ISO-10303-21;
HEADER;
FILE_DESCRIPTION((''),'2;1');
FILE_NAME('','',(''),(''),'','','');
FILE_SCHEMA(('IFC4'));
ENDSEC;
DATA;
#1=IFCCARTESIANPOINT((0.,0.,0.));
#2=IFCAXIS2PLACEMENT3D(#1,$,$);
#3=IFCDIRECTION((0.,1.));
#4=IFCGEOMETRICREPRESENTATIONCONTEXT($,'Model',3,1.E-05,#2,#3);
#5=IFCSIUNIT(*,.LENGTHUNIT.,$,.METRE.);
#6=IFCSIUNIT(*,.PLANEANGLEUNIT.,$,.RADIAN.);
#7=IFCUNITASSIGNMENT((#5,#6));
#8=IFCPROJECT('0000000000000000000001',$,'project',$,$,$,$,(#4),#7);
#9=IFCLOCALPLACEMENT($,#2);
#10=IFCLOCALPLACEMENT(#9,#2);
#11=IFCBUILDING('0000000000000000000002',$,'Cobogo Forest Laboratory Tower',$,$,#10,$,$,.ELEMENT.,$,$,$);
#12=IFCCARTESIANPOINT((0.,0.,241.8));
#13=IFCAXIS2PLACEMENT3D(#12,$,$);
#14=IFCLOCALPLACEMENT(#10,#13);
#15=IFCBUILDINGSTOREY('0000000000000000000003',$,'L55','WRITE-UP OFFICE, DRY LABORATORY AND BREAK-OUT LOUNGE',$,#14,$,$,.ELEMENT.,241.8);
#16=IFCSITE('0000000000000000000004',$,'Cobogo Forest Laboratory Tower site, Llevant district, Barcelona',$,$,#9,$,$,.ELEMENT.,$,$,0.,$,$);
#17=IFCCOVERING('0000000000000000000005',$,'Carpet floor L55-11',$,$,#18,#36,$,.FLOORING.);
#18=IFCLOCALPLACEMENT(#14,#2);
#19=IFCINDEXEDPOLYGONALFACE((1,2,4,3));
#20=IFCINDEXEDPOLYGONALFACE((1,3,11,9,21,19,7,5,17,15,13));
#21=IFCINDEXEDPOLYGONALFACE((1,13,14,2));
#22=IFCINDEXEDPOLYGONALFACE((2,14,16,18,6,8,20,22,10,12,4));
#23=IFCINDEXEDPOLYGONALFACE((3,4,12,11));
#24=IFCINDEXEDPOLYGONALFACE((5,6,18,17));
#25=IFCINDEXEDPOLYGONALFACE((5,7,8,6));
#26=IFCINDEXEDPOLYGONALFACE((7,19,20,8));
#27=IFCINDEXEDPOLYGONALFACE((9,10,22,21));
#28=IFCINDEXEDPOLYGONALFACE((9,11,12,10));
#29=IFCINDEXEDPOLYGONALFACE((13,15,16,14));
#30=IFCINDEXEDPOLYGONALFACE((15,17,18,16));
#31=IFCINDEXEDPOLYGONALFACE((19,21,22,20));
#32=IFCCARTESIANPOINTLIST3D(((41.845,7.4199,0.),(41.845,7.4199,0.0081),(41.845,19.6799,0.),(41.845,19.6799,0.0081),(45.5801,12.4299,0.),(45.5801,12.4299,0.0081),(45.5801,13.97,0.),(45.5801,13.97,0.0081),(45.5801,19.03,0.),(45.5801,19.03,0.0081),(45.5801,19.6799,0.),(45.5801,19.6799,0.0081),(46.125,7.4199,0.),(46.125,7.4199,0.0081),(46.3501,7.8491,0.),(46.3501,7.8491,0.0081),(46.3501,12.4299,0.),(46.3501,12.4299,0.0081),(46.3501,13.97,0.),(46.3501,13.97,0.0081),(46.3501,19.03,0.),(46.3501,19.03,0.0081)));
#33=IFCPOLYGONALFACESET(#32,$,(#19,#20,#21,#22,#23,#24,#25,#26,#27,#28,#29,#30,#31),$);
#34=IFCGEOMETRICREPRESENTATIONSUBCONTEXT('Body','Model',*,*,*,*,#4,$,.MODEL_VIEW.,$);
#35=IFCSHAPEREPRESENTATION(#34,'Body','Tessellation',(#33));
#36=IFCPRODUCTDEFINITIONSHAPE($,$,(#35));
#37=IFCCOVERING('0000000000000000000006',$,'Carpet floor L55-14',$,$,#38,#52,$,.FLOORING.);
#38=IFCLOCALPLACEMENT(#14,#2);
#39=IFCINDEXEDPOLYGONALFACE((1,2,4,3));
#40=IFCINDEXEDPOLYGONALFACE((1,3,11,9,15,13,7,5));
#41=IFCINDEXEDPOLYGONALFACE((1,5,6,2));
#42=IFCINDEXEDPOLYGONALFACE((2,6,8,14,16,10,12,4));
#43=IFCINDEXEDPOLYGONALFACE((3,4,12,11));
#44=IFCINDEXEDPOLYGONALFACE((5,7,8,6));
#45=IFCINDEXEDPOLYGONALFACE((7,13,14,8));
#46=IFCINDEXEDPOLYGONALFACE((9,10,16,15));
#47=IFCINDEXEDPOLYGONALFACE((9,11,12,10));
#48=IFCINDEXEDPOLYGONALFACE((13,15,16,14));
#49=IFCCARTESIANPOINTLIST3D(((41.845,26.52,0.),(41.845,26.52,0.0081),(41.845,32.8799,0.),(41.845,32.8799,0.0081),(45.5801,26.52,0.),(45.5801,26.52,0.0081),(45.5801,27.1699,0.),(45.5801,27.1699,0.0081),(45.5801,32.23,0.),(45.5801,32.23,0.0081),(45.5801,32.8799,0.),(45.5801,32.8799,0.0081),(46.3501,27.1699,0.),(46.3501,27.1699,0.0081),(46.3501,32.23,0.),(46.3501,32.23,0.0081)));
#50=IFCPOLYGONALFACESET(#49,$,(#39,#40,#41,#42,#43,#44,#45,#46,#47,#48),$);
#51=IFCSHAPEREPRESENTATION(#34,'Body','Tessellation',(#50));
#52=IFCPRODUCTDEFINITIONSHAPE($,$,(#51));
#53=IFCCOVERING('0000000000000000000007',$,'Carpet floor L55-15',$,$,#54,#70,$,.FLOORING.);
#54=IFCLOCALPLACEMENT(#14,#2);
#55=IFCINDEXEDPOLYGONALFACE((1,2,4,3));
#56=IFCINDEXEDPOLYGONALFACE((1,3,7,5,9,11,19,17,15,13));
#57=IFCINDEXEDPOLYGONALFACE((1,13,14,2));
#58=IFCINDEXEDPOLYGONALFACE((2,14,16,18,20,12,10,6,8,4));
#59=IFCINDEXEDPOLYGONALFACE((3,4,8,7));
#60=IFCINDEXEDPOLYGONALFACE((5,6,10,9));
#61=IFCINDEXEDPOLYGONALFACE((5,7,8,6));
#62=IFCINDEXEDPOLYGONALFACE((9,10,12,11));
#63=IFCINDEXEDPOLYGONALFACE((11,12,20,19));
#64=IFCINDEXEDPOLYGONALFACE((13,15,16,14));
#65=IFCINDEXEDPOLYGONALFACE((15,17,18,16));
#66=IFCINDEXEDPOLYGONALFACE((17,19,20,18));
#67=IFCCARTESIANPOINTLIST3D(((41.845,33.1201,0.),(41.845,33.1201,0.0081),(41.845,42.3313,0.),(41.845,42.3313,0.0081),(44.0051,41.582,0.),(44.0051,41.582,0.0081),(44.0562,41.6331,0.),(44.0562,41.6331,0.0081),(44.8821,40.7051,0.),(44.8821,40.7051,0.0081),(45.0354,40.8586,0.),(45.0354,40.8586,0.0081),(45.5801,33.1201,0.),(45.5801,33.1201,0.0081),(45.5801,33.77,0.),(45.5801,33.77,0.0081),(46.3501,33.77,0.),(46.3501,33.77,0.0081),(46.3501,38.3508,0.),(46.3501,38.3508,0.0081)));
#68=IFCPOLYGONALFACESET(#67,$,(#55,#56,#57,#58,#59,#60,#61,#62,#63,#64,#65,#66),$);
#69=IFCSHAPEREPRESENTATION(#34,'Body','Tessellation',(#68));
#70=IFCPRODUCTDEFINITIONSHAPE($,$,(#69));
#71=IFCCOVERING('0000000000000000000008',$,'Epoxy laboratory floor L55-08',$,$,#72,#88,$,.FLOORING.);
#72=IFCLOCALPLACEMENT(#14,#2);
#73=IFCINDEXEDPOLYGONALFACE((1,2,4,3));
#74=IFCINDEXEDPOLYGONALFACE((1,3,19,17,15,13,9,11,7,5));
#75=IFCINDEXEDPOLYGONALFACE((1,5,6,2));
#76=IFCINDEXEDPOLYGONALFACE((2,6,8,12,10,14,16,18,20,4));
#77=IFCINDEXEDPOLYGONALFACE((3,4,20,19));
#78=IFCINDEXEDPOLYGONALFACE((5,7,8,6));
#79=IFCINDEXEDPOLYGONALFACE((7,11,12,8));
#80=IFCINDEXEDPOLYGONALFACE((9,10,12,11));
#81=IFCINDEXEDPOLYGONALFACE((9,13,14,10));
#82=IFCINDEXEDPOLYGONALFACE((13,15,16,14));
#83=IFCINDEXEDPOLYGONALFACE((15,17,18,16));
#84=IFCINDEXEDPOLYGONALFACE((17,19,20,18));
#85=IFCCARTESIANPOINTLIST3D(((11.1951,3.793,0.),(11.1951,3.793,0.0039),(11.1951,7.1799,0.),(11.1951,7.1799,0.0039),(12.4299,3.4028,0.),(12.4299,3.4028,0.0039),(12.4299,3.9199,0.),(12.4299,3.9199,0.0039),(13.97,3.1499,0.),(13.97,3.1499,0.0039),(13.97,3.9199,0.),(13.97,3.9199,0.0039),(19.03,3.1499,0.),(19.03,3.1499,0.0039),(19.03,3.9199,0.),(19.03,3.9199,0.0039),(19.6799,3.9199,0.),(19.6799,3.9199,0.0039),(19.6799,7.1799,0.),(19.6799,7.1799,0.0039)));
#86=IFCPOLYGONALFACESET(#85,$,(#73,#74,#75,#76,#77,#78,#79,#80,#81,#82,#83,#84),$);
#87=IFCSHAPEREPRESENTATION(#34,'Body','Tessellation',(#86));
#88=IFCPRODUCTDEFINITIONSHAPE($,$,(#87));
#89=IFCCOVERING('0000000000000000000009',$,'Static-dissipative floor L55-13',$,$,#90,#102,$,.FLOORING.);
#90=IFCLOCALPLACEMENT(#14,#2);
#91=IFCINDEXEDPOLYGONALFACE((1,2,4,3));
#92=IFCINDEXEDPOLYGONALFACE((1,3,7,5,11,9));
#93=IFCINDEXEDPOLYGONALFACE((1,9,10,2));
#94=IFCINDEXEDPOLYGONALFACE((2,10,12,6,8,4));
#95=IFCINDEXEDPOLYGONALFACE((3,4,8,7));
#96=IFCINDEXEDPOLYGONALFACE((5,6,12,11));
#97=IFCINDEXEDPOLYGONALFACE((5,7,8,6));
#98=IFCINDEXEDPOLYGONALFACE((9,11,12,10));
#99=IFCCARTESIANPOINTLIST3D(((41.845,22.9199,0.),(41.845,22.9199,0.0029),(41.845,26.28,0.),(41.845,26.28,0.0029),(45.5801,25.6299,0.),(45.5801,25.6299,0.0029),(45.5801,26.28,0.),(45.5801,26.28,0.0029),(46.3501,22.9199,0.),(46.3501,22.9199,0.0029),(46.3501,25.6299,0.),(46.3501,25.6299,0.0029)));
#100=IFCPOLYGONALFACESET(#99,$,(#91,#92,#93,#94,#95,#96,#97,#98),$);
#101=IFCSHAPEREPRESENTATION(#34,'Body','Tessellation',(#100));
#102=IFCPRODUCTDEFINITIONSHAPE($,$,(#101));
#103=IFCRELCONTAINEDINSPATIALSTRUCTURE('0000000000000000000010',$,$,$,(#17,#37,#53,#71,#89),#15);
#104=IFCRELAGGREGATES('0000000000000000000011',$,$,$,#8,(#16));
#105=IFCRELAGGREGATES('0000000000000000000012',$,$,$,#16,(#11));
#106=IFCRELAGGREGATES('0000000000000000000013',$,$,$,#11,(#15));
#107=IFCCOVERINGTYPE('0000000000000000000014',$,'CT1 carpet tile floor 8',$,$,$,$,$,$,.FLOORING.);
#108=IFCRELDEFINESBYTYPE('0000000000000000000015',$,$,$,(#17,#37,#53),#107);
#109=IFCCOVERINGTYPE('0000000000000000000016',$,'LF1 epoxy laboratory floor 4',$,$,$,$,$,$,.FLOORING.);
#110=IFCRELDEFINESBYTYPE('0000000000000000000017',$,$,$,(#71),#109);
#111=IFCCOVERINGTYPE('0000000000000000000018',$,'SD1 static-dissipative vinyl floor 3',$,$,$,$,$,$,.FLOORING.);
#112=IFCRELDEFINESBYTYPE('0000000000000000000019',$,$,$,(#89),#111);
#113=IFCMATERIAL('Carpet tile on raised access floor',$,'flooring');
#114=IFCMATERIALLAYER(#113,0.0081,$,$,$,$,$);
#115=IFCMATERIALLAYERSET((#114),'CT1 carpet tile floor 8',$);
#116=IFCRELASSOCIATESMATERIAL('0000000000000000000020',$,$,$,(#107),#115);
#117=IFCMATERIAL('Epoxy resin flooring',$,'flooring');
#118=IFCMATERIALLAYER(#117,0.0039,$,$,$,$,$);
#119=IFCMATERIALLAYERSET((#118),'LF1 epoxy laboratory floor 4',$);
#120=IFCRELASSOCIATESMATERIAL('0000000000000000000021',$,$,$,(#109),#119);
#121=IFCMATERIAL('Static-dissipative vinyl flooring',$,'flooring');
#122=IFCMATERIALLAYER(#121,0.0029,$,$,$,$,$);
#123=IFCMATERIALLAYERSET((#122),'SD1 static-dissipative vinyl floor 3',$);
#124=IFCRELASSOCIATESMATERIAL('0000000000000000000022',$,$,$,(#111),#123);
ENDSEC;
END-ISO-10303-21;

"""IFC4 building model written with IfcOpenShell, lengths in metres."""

from ifc_helpers import new_model, si_unit, direction, frame, origin, place, context, subcontext, project, spatial, polyline, outline, extrude, material, layer, layer_set, type_object, element, save


model = new_model("IFC4")

# Units and contexts
model_context = context("Model", 3, precision=1e-05, world=origin(), true_north=direction((0.0, 1.0)))
body_context = subcontext(model_context, "Body", "Model", "MODEL_VIEW")
ifc_project = project(units=[si_unit("LENGTHUNIT", "METRE"), si_unit("PLANEANGLEUNIT", "RADIAN")], contexts=[model_context])

# Site, building, storey
site_placement = place(None, origin())
site = spatial("IfcSite", under=ifc_project, at=site_placement, Name="Cobogo Forest Laboratory Tower site, Llevant district, Barcelona", CompositionType="ELEMENT", RefElevation=0.0)
building_placement = place(site_placement, origin())
building = spatial("IfcBuilding", under=site, at=building_placement, Name="Cobogo Forest Laboratory Tower", CompositionType="ELEMENT")
storey_placement = place(building_placement, frame((0.0, 0.0, 241.8)))
storey = spatial("IfcBuildingStorey", under=building, at=storey_placement, Name="L55", Description="WRITE-UP OFFICE, DRY LABORATORY AND BREAK-OUT LOUNGE", CompositionType="ELEMENT", Elevation=241.8)

# Coverings
ifc_material_1 = material(Name="Carpet tile on raised access floor", Category="flooring")
ifc_layer_1 = layer(ifc_material_1, 0.0081)
ifc_layer_set_1 = layer_set([ifc_layer_1], Name="CT1 carpet tile floor 8")
covering_type_1 = type_object("IfcCoveringType", Name="CT1 carpet tile floor 8", PredefinedType="FLOORING", material=ifc_layer_set_1)
covering_1_placement = place(storey_placement, origin())
element("IfcCovering", 1, at=covering_1_placement, inside=storey, type_object=covering_type_1, Name="Carpet floor L55-11", PredefinedType="FLOORING", context=body_context, shape_type="SweptSolid", body=[
    extrude(outline(polyline([(41.845, 19.6799), (45.5801, 19.6799), (45.5801, 19.03), (46.3501, 19.03), (46.3501, 13.97), (45.5801, 13.97), (45.5801, 12.4299), (46.3501, 12.4299), (46.3501, 7.8491), (46.125, 7.4199), (41.845, 7.4199), (41.845, 19.6799)])), origin(), (0.0, 0.0, 1.0), 0.0081),
])
covering_2_placement = place(storey_placement, origin())
element("IfcCovering", 2, at=covering_2_placement, inside=storey, type_object=covering_type_1, Name="Carpet floor L55-14", PredefinedType="FLOORING", context=body_context, shape_type="SweptSolid", body=[
    extrude(outline(polyline([(41.845, 32.8799), (45.5801, 32.8799), (45.5801, 32.23), (46.3501, 32.23), (46.3501, 27.1699), (45.5801, 27.1699), (45.5801, 26.52), (41.845, 26.52), (41.845, 32.8799)])), origin(), (0.0, 0.0, 1.0), 0.0081),
])
covering_3_placement = place(storey_placement, origin())
element("IfcCovering", 3, at=covering_3_placement, inside=storey, type_object=covering_type_1, Name="Carpet floor L55-15", PredefinedType="FLOORING", context=body_context, shape_type="SweptSolid", body=[
    extrude(outline(polyline([(41.845, 42.3313), (44.0562, 41.6331), (44.0051, 41.582), (44.8821, 40.7051), (45.0354, 40.8586), (46.3501, 38.3508), (46.3501, 33.77), (45.5801, 33.77), (45.5801, 33.1201), (41.845, 33.1201), (41.845, 42.3313)])), origin(), (0.0, 0.0, 1.0), 0.0081),
])
ifc_material_2 = material(Name="Epoxy resin flooring", Category="flooring")
ifc_layer_2 = layer(ifc_material_2, 0.0039)
ifc_layer_set_2 = layer_set([ifc_layer_2], Name="LF1 epoxy laboratory floor 4")
covering_type_2 = type_object("IfcCoveringType", Name="LF1 epoxy laboratory floor 4", PredefinedType="FLOORING", material=ifc_layer_set_2)
covering_4_placement = place(storey_placement, origin())
element("IfcCovering", 4, at=covering_4_placement, inside=storey, type_object=covering_type_2, Name="Epoxy laboratory floor L55-08", PredefinedType="FLOORING", context=body_context, shape_type="SweptSolid", body=[
    extrude(outline(polyline([(19.6799, 7.1799), (19.6799, 3.9199), (19.03, 3.9199), (19.03, 3.1499), (13.97, 3.1499), (13.97, 3.9199), (12.4299, 3.9199), (12.4299, 3.4028), (11.1951, 3.793), (11.1951, 7.1799), (19.6799, 7.1799)])), origin(), (0.0, 0.0, 1.0), 0.0039),
])
ifc_material_3 = material(Name="Static-dissipative vinyl flooring", Category="flooring")
ifc_layer_3 = layer(ifc_material_3, 0.0029)
ifc_layer_set_3 = layer_set([ifc_layer_3], Name="SD1 static-dissipative vinyl floor 3")
covering_type_3 = type_object("IfcCoveringType", Name="SD1 static-dissipative vinyl floor 3", PredefinedType="FLOORING", material=ifc_layer_set_3)
covering_5_placement = place(storey_placement, origin())
element("IfcCovering", 5, at=covering_5_placement, inside=storey, type_object=covering_type_3, Name="Static-dissipative floor L55-13", PredefinedType="FLOORING", context=body_context, shape_type="SweptSolid", body=[
    extrude(outline(polyline([(41.845, 26.28), (45.5801, 26.28), (45.5801, 25.6299), (46.3501, 25.6299), (46.3501, 22.9199), (41.845, 22.9199), (41.845, 26.28)])), origin(), (0.0, 0.0, 1.0), 0.0029),
])

save(model, "model.ifc")
